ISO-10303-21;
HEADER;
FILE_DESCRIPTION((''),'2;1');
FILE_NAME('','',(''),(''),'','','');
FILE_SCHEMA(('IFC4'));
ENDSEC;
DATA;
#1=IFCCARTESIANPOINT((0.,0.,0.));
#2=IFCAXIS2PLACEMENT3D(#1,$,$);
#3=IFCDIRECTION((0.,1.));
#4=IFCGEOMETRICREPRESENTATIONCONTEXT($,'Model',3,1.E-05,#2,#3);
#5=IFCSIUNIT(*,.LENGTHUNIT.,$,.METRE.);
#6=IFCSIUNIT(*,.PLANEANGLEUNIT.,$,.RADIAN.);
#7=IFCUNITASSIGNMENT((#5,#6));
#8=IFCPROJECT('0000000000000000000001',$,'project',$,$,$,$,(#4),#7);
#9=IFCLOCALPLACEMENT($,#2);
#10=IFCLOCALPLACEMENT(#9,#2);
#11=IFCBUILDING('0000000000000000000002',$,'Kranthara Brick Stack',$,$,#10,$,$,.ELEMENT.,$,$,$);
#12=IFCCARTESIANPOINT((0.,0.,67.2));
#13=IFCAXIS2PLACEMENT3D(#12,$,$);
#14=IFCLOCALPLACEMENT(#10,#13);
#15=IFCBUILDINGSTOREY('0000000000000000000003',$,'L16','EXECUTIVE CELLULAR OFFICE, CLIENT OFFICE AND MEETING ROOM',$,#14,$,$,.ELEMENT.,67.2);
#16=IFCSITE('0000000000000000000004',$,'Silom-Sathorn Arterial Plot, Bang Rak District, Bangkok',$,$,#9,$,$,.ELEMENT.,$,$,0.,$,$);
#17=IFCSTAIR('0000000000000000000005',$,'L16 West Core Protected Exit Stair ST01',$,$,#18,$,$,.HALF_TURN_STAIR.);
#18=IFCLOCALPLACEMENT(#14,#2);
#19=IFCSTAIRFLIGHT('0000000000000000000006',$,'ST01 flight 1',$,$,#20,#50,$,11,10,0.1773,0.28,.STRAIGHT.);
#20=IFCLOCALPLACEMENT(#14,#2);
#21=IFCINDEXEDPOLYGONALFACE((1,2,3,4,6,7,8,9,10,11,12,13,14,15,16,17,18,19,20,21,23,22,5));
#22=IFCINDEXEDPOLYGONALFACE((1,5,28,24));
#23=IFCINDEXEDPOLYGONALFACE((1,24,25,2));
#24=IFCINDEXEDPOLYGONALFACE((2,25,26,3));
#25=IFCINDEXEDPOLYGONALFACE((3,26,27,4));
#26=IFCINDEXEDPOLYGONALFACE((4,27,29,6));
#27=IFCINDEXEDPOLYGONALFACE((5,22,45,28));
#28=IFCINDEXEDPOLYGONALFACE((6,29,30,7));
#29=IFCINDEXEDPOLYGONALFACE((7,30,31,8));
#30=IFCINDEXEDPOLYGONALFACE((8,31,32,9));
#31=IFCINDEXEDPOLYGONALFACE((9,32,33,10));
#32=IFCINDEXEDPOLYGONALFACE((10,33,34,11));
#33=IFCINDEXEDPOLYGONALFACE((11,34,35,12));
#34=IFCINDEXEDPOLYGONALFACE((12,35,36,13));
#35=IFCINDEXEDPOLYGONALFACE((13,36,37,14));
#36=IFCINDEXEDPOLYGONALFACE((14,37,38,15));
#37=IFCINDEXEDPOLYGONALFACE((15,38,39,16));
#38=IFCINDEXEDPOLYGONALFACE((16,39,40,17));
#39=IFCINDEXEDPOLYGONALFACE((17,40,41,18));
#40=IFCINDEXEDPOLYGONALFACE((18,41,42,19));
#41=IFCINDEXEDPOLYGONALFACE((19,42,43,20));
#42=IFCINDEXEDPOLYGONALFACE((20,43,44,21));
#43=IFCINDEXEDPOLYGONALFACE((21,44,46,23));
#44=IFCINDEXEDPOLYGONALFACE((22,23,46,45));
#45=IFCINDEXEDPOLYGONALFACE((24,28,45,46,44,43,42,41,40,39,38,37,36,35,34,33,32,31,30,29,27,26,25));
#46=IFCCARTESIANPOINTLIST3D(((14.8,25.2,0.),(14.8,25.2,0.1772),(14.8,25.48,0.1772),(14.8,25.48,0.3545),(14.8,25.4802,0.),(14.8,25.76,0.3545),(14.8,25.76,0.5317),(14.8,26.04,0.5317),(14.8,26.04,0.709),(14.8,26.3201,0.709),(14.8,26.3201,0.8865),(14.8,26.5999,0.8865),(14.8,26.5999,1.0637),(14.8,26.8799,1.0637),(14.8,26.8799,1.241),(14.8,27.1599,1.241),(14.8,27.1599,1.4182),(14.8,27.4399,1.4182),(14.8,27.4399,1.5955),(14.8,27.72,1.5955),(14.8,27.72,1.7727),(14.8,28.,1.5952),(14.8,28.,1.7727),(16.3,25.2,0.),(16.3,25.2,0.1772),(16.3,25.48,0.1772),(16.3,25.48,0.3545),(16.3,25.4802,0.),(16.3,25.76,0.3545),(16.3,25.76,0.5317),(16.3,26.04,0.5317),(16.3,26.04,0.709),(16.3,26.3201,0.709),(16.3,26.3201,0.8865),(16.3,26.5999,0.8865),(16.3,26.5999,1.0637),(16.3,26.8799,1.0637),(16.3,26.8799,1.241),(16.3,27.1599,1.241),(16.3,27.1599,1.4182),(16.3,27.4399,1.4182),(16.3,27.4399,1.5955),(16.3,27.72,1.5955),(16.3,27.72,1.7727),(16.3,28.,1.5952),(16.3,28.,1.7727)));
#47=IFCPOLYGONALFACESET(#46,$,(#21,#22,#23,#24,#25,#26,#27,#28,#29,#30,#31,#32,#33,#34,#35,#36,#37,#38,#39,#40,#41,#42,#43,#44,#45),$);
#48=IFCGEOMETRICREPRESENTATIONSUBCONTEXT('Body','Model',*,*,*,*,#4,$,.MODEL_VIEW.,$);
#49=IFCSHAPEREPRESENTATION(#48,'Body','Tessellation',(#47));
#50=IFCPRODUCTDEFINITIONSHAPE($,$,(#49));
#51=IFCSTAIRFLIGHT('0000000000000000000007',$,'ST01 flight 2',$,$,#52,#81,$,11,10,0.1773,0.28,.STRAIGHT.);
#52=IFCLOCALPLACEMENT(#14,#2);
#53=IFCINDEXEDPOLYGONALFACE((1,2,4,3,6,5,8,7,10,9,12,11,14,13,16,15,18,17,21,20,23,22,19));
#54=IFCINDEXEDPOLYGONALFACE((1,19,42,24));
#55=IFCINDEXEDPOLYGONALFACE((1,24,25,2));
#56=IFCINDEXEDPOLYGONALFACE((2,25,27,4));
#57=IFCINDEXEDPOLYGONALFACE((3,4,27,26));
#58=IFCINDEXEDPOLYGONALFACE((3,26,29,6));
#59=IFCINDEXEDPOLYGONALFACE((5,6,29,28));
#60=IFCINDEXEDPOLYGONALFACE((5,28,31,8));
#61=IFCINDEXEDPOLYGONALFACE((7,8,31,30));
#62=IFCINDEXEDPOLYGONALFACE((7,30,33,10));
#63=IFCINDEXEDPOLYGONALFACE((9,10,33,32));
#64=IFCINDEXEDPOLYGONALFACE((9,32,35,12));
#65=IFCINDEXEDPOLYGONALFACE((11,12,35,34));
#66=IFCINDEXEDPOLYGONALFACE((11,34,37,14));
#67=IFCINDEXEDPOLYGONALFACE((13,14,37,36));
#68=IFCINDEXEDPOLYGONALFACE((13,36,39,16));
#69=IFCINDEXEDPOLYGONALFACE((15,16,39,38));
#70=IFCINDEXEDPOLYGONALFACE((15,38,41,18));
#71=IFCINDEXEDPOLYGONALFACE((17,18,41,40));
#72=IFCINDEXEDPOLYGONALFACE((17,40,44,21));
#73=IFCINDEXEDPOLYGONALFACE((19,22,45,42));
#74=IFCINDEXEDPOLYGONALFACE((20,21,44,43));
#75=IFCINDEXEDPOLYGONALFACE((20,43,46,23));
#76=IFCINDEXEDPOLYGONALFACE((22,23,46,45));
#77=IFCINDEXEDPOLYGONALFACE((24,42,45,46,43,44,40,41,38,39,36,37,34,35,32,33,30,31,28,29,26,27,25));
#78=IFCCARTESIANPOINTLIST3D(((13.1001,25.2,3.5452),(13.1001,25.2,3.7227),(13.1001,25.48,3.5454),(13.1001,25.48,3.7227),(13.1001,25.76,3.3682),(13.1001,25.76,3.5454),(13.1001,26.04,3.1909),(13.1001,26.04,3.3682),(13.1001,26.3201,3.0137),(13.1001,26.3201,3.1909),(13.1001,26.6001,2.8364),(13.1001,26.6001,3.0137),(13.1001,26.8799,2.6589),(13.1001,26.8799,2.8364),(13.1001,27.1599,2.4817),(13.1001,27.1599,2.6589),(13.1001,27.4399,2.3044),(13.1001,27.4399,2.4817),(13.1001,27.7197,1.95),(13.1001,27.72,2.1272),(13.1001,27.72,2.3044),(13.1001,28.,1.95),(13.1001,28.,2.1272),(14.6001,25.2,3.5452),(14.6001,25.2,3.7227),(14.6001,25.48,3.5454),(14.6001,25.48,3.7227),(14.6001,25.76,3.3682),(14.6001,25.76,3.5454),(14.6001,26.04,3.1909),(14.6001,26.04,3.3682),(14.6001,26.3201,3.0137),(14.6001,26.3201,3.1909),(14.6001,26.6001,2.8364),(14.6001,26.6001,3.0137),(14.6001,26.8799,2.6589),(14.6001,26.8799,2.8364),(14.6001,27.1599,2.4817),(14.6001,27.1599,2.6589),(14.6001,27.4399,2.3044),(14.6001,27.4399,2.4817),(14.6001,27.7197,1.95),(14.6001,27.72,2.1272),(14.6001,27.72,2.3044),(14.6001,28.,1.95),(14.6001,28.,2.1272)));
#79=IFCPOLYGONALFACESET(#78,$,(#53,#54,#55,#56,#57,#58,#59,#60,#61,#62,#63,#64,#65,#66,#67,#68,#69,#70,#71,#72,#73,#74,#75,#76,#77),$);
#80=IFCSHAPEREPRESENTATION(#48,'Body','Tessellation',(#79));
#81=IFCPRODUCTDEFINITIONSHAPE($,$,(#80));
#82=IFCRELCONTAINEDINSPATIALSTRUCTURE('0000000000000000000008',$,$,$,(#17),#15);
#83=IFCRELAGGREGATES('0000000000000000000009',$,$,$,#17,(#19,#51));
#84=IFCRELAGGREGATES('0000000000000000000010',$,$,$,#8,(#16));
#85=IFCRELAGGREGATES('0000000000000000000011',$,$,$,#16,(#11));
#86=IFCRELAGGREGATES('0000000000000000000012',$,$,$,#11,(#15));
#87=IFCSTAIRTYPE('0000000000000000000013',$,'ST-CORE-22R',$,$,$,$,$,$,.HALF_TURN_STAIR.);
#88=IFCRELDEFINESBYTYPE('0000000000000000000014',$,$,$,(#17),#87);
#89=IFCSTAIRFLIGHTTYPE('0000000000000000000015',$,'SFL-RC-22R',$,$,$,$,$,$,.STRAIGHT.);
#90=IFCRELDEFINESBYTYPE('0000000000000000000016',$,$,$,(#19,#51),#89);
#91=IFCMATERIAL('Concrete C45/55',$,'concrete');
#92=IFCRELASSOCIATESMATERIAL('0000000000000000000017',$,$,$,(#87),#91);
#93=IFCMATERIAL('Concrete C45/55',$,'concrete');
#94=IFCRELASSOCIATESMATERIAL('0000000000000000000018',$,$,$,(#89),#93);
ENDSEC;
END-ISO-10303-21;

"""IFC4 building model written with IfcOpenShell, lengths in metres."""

from ifc_helpers import new_model, si_unit, direction, frame, origin, place, context, subcontext, project, spatial, polyline, outline, extrude, material, type_object, element, aggregate, save


model = new_model("IFC4")

# Units and contexts
model_context = context("Model", 3, precision=1e-05, world=origin(), true_north=direction((0.0, 1.0)))
body_context = subcontext(model_context, "Body", "Model", "MODEL_VIEW")
ifc_project = project(units=[si_unit("LENGTHUNIT", "METRE"), si_unit("PLANEANGLEUNIT", "RADIAN")], contexts=[model_context])

# Site, building, storey
site_placement = place(None, origin())
site = spatial("IfcSite", under=ifc_project, at=site_placement, Name="Silom-Sathorn Arterial Plot, Bang Rak District, Bangkok", CompositionType="ELEMENT", RefElevation=0.0)
building_placement = place(site_placement, origin())
building = spatial("IfcBuilding", under=site, at=building_placement, Name="Kranthara Brick Stack", CompositionType="ELEMENT")
storey_placement = place(building_placement, frame((0.0, 0.0, 67.2)))
storey = spatial("IfcBuildingStorey", under=building, at=storey_placement, Name="L16", Description="EXECUTIVE CELLULAR OFFICE, CLIENT OFFICE AND MEETING ROOM", CompositionType="ELEMENT", Elevation=67.2)

# Stair, stair flights
ifc_material_1 = material(Name="Concrete C45/55", Category="concrete")
stair_type = type_object("IfcStairType", Name="ST-CORE-22R", PredefinedType="HALF_TURN_STAIR", material=ifc_material_1)
stair_placement = place(storey_placement, origin())
stair = element("IfcStair", 1, at=stair_placement, inside=storey, type_object=stair_type, Name="L16 West Core Protected Exit Stair ST01", PredefinedType="HALF_TURN_STAIR")
ifc_material_2 = material(Name="Concrete C45/55", Category="concrete")
stair_flight_type = type_object("IfcStairFlightType", Name="SFL-RC-22R", PredefinedType="STRAIGHT", material=ifc_material_2)
stair_flight_1_placement = place(storey_placement, frame((15.55, 25.2, 0.0), z_axis=(0.0, 0.0, 1.0), x_axis=(0.0, 1.0, 0.0)))
stair_flight_1 = element("IfcStairFlight", 2, at=stair_flight_1_placement, type_object=stair_flight_type, Name="ST01 flight 1", NumberOfRisers=11, NumberOfTreads=10, PredefinedType="STRAIGHT", RiserHeight=0.1773, TreadLength=0.28, context=body_context, shape_type="SweptSolid", body=[
    extrude(outline(polyline([(0.0, 0.0), (0.0, 0.1772), (0.28, 0.1772), (0.28, 0.3545), (0.5601, 0.3545), (0.5601, 0.5317), (0.8401, 0.5317), (0.8401, 0.709), (1.1201, 0.709), (1.1201, 0.8865), (1.3999, 0.8865), (1.3999, 1.0637), (1.6799, 1.0637), (1.6799, 1.241), (1.96, 1.241), (1.96, 1.4182), (2.24, 1.4182), (2.24, 1.5955), (2.52, 1.5955), (2.52, 1.7727), (2.8, 1.7727), (2.8, 1.95), (2.8, 1.5952), (0.2803, 0.0), (0.0, 0.0)])), frame((0.0, 0.75, 0.0), z_axis=(0.0, -1.0, 0.0), x_axis=(1.0, 0.0, 0.0)), (0.0, 0.0, 1.0), 1.5),
])
stair_flight_2_placement = place(storey_placement, frame((13.8501, 28.0, 1.95), z_axis=(0.0, 0.0, 1.0), x_axis=(0.0, -1.0, 0.0)))
stair_flight_2 = element("IfcStairFlight", 3, at=stair_flight_2_placement, type_object=stair_flight_type, Name="ST01 flight 2", NumberOfRisers=11, NumberOfTreads=10, PredefinedType="STRAIGHT", RiserHeight=0.1773, TreadLength=0.28, context=body_context, shape_type="SweptSolid", body=[
    extrude(outline(polyline([(0.0, 0.0), (0.0, 0.1772), (0.28, 0.1772), (0.28, 0.3545), (0.5601, 0.3545), (0.5601, 0.5317), (0.8401, 0.5317), (0.8401, 0.709), (1.1201, 0.709), (1.1201, 0.8865), (1.3999, 0.8865), (1.3999, 1.0637), (1.6799, 1.0637), (1.6799, 1.241), (1.96, 1.241), (1.96, 1.4182), (2.24, 1.4182), (2.24, 1.5955), (2.52, 1.5955), (2.52, 1.7727), (2.8, 1.7727), (2.8, 1.95), (2.8, 1.5952), (0.2803, 0.0), (0.0, 0.0)])), frame((0.0, 0.75, 0.0), z_axis=(0.0, -1.0, 0.0), x_axis=(1.0, 0.0, 0.0)), (0.0, 0.0, 1.0), 1.5),
])
aggregate(stair, [stair_flight_1, stair_flight_2])

save(model, "model.ifc")
